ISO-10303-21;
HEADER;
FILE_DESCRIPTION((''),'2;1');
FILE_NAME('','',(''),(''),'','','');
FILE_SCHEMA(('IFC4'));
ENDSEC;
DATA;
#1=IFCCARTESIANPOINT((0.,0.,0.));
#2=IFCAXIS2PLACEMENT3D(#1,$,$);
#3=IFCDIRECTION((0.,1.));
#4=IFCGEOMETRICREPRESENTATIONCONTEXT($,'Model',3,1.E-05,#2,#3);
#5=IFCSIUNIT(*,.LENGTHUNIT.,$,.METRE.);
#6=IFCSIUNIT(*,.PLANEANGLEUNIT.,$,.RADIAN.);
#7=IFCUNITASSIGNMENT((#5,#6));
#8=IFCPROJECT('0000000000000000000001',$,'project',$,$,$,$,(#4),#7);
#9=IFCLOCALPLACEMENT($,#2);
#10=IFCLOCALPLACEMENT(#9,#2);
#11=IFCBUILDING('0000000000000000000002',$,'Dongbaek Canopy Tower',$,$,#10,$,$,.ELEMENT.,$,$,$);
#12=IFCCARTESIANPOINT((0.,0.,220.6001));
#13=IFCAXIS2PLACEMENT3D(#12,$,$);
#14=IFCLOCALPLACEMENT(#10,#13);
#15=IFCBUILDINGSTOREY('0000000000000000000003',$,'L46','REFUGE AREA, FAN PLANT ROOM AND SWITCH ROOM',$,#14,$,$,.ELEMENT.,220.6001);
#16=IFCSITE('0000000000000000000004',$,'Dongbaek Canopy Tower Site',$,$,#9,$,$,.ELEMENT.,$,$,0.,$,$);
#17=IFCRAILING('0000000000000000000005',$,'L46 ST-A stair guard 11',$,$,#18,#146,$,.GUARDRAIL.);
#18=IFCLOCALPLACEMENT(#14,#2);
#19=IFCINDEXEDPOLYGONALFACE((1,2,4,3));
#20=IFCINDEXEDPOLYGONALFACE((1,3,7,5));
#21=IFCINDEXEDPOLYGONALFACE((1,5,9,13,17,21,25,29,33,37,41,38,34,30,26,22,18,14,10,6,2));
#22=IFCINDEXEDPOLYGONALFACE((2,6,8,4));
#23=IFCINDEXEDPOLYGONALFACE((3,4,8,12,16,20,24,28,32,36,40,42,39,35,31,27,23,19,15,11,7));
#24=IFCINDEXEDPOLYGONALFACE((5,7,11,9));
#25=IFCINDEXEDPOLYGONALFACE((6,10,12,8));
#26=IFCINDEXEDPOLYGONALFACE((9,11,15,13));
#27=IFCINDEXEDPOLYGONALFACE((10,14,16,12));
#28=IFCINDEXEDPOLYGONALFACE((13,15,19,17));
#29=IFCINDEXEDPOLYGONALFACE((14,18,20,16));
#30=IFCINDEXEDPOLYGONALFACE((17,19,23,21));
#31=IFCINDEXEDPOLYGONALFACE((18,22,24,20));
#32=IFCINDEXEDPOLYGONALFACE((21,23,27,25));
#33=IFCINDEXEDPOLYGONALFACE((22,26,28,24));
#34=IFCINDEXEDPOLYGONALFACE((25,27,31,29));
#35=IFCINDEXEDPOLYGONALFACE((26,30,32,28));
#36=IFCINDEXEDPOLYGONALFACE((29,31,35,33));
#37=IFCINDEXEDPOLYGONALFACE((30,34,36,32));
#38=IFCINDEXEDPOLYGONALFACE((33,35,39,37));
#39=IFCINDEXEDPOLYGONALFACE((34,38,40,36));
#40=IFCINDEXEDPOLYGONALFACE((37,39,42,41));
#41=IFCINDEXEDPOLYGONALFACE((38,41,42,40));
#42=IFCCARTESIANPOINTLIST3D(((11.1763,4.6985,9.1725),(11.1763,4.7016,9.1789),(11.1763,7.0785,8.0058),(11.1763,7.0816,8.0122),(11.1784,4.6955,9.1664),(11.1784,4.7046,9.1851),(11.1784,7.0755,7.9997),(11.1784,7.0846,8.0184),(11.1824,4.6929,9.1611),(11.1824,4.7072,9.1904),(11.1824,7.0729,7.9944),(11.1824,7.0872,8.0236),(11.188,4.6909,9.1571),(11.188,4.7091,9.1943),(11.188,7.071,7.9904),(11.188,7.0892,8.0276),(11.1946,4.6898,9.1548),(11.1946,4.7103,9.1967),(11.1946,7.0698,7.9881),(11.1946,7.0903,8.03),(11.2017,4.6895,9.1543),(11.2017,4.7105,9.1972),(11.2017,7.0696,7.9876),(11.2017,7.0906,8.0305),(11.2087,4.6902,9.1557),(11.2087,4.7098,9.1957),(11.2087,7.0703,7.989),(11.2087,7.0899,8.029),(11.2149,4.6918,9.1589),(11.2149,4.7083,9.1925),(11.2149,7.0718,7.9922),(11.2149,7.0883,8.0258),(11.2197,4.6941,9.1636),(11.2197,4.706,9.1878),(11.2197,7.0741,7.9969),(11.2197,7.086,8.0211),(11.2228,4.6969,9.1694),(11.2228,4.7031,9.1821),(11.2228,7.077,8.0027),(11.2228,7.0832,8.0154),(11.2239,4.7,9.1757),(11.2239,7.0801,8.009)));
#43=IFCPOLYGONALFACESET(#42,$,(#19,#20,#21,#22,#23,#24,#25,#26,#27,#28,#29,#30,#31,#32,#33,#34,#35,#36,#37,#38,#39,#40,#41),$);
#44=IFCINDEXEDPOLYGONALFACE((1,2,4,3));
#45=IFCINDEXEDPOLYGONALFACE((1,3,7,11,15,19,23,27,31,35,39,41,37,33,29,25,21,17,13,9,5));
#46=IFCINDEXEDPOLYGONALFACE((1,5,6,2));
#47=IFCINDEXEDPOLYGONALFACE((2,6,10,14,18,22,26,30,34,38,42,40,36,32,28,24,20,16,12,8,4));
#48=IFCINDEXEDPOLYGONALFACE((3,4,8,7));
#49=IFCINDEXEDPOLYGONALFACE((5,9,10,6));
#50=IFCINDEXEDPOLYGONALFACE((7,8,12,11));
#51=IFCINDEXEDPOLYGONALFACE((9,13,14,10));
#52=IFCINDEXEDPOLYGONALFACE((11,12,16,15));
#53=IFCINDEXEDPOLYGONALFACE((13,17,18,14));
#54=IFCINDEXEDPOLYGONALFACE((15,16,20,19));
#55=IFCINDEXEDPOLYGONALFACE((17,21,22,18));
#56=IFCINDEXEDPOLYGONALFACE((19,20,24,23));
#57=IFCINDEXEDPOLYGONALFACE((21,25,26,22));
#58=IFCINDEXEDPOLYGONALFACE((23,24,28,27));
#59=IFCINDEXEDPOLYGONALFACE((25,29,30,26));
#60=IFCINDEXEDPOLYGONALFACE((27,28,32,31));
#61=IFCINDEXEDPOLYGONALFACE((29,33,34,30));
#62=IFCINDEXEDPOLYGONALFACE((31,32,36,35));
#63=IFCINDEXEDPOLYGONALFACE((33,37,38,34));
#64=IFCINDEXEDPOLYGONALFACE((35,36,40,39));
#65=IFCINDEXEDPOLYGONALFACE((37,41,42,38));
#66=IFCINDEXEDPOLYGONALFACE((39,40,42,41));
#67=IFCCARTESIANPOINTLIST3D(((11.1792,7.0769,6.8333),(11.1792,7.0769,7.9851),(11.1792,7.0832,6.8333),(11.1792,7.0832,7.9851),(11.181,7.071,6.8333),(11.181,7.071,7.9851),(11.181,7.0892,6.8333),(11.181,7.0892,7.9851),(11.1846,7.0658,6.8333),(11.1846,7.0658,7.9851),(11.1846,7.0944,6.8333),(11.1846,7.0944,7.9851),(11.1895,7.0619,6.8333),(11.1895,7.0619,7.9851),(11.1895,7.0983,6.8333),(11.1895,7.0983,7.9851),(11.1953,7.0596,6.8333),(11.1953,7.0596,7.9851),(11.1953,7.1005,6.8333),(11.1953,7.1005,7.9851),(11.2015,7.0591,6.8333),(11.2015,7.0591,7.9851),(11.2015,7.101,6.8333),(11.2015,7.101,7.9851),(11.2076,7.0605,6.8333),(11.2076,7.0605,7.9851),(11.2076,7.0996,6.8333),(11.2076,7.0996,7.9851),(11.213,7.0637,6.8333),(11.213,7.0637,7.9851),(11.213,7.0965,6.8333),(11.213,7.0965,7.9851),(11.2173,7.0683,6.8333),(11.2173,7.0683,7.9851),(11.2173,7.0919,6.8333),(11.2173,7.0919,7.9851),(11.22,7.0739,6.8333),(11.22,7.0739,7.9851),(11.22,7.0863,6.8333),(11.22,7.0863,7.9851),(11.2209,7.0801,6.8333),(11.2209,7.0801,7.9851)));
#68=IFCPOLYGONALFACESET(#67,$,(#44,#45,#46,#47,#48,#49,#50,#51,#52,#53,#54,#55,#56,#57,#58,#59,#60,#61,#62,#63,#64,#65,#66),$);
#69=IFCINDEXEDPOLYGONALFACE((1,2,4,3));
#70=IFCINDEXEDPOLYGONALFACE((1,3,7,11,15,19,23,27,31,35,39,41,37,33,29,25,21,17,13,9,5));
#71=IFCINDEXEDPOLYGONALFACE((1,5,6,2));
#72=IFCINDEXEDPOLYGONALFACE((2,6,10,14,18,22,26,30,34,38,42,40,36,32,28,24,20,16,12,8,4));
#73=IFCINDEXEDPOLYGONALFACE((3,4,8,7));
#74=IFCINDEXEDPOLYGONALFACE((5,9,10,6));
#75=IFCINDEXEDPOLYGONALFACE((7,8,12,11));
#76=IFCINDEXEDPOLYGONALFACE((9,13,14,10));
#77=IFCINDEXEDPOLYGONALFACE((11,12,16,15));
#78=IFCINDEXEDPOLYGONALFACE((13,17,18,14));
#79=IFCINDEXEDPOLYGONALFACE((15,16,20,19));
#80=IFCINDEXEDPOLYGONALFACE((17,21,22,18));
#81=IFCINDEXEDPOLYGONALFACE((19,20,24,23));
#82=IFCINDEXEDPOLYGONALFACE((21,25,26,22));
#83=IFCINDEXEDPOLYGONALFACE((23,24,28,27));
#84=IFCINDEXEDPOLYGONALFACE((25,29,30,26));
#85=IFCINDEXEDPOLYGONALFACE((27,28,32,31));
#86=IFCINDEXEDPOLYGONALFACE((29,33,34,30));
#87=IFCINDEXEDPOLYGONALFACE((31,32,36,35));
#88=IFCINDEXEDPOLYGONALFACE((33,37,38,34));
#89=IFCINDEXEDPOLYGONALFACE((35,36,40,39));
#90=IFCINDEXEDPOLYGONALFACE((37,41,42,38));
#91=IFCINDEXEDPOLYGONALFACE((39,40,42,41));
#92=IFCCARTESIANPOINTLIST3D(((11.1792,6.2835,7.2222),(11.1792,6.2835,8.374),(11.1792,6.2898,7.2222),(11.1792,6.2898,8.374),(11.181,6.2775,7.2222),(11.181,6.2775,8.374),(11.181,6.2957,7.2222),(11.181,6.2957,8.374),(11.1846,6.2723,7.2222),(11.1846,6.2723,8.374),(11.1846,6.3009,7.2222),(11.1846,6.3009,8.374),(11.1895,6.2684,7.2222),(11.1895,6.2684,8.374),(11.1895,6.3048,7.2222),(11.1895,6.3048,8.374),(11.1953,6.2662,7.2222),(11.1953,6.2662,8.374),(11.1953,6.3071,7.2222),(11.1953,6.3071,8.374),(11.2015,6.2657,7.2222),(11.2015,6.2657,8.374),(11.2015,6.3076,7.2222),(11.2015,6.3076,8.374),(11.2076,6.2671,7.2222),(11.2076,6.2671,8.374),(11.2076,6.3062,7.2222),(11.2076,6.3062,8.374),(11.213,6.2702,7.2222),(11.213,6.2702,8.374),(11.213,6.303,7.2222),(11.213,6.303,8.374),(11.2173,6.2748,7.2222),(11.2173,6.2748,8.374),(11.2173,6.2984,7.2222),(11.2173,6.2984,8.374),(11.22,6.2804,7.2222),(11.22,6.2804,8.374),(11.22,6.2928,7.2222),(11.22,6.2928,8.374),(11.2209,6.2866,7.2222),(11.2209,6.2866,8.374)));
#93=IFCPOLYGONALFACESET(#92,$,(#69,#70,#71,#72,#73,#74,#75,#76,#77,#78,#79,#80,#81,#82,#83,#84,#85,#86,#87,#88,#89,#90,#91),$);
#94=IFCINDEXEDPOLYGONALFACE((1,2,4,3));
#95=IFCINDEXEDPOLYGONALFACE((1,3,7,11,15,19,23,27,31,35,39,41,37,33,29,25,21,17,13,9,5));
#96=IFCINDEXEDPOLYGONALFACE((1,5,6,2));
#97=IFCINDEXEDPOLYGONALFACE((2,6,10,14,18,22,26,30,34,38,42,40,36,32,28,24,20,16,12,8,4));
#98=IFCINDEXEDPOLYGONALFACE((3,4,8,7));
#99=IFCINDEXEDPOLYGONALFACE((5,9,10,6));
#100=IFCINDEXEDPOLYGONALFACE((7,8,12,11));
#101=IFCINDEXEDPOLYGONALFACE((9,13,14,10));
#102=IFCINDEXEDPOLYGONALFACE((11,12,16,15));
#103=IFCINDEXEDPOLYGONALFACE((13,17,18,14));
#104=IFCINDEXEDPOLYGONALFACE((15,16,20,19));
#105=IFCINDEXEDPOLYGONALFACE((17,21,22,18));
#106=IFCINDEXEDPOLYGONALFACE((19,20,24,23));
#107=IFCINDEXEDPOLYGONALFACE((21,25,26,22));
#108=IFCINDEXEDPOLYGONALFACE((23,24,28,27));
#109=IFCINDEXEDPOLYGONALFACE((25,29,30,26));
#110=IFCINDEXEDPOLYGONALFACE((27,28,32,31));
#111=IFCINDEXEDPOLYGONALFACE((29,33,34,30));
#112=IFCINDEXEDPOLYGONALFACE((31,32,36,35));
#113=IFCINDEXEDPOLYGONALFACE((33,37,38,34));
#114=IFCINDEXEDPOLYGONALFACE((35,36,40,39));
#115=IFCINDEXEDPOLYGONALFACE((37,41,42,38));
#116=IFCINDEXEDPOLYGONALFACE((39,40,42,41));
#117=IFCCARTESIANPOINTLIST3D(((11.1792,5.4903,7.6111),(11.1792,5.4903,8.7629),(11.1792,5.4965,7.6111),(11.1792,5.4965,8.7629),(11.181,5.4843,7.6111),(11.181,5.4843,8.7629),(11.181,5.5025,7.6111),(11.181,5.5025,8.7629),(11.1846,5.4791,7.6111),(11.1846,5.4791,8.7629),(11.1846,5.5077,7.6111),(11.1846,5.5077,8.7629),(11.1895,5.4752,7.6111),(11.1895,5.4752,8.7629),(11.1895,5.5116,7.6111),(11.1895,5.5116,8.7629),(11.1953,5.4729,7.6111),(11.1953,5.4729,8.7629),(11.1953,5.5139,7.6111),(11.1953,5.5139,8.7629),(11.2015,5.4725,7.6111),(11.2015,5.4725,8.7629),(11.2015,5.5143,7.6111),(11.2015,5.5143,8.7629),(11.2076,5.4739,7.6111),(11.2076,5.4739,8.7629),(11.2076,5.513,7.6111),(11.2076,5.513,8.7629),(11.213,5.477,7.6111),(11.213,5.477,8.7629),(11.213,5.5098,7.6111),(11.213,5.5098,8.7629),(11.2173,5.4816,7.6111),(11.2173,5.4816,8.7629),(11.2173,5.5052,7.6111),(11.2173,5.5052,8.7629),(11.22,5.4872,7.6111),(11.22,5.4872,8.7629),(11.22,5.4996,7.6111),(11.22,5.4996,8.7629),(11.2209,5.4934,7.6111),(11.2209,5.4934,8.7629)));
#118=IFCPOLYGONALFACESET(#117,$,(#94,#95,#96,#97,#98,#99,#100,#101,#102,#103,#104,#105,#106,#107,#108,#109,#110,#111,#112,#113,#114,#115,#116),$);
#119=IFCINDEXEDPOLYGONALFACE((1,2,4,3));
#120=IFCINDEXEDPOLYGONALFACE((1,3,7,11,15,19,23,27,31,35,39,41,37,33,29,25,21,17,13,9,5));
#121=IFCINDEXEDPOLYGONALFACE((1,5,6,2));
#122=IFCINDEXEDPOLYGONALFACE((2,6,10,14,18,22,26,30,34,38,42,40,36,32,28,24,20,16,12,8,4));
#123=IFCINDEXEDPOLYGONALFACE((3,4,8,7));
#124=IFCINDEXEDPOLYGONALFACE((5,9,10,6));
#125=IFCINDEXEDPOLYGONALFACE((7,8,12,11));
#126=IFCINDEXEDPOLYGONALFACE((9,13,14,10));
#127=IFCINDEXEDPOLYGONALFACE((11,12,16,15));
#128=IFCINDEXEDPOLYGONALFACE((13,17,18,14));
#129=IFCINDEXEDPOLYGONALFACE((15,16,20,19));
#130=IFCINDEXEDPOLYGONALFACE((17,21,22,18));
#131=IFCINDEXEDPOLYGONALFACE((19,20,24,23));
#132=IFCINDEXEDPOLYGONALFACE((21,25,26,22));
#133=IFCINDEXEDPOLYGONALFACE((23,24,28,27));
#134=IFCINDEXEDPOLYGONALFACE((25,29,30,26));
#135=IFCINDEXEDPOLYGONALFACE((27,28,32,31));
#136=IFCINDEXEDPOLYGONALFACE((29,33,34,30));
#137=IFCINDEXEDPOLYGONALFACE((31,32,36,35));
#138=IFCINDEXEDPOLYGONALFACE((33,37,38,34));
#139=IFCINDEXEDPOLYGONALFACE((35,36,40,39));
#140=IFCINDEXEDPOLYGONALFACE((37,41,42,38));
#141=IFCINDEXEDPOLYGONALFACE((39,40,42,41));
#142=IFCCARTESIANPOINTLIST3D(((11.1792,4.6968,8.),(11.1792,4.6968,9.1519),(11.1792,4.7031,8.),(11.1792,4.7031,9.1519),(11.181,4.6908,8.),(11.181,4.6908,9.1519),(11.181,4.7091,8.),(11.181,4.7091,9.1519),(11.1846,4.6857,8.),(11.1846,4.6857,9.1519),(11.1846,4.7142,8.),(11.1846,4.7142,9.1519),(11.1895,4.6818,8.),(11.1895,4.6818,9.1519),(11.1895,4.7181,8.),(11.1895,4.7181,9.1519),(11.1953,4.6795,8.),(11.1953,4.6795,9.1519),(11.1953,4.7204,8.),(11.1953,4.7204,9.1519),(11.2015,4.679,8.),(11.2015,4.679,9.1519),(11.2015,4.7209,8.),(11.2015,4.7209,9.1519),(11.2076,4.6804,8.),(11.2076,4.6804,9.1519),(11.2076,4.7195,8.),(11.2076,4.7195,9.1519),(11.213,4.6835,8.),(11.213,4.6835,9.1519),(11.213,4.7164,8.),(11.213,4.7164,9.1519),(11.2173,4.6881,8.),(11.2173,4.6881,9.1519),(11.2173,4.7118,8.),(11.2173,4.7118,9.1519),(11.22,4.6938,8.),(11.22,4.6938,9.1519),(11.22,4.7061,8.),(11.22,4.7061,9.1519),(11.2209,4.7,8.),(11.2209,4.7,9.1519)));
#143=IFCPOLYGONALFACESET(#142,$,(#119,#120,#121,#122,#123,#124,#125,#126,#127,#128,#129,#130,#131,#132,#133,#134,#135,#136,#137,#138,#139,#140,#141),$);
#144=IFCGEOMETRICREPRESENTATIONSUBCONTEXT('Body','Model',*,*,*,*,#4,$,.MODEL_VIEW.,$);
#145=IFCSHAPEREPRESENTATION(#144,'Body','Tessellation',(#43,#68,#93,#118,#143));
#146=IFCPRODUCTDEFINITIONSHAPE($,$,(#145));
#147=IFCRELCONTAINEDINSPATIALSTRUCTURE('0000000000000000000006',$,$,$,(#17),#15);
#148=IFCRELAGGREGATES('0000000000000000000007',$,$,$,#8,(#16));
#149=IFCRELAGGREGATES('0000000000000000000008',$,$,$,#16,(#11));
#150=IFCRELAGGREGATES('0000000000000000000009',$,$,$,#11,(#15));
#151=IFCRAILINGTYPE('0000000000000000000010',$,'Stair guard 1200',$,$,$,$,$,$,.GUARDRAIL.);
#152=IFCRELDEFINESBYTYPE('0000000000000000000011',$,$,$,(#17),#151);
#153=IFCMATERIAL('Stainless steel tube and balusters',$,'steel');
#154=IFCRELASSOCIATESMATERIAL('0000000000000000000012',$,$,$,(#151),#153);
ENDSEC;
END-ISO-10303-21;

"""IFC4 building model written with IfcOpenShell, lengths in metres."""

from ifc_helpers import new_model, si_unit, direction, frame, origin, origin_2d, place, context, subcontext, project, spatial, circle, extrude, material, type_object, element, save


model = new_model("IFC4")

# Units and contexts
model_context = context("Model", 3, precision=1e-05, world=origin(), true_north=direction((0.0, 1.0)))
body_context = subcontext(model_context, "Body", "Model", "MODEL_VIEW")
ifc_project = project(units=[si_unit("LENGTHUNIT", "METRE"), si_unit("PLANEANGLEUNIT", "RADIAN")], contexts=[model_context])

# Site, building, storey
site_placement = place(None, origin())
site = spatial("IfcSite", under=ifc_project, at=site_placement, Name="Dongbaek Canopy Tower Site", CompositionType="ELEMENT", RefElevation=0.0)
building_placement = place(site_placement, origin())
building = spatial("IfcBuilding", under=site, at=building_placement, Name="Dongbaek Canopy Tower", CompositionType="ELEMENT")
storey_placement = place(building_placement, frame((0.0, 0.0, 220.6001)))
storey = spatial("IfcBuildingStorey", under=building, at=storey_placement, Name="L46", Description="REFUGE AREA, FAN PLANT ROOM AND SWITCH ROOM", CompositionType="ELEMENT", Elevation=220.6001)

# Railing
ifc_material_1 = material(Name="Stainless steel tube and balusters", Category="steel")
railing_type = type_object("IfcRailingType", Name="Stair guard 1200", PredefinedType="GUARDRAIL", material=ifc_material_1)
railing_1_placement = place(storey_placement, frame((11.2, 7.0801, 6.8333)))
element("IfcRailing", 1, at=railing_1_placement, inside=storey, type_object=railing_type, Name="L46 ST-A stair guard 11", PredefinedType="GUARDRAIL", context=body_context, shape_type="SweptSolid", body=[
    extrude(circle(Radius=0.0239, at=origin_2d()), frame((0.0, 0.0, 1.1758), z_axis=(0.0, -0.897918, 0.440163), x_axis=(1.0, 0.0, 0.0)), (0.0, 0.0, 1.0), 2.6506),
    extrude(circle(Radius=0.021, at=origin_2d()), origin(), (0.0, 0.0, 1.0), 1.1519),
    extrude(circle(Radius=0.021, at=origin_2d()), frame((0.0, -0.7935, 0.3889)), (0.0, 0.0, 1.0), 1.1519),
    extrude(circle(Radius=0.021, at=origin_2d()), frame((0.0, -1.5867, 0.7778)), (0.0, 0.0, 1.0), 1.1519),
    extrude(circle(Radius=0.021, at=origin_2d()), frame((0.0, -2.3801, 1.1667)), (0.0, 0.0, 1.0), 1.1519),
])

save(model, "model.ifc")
